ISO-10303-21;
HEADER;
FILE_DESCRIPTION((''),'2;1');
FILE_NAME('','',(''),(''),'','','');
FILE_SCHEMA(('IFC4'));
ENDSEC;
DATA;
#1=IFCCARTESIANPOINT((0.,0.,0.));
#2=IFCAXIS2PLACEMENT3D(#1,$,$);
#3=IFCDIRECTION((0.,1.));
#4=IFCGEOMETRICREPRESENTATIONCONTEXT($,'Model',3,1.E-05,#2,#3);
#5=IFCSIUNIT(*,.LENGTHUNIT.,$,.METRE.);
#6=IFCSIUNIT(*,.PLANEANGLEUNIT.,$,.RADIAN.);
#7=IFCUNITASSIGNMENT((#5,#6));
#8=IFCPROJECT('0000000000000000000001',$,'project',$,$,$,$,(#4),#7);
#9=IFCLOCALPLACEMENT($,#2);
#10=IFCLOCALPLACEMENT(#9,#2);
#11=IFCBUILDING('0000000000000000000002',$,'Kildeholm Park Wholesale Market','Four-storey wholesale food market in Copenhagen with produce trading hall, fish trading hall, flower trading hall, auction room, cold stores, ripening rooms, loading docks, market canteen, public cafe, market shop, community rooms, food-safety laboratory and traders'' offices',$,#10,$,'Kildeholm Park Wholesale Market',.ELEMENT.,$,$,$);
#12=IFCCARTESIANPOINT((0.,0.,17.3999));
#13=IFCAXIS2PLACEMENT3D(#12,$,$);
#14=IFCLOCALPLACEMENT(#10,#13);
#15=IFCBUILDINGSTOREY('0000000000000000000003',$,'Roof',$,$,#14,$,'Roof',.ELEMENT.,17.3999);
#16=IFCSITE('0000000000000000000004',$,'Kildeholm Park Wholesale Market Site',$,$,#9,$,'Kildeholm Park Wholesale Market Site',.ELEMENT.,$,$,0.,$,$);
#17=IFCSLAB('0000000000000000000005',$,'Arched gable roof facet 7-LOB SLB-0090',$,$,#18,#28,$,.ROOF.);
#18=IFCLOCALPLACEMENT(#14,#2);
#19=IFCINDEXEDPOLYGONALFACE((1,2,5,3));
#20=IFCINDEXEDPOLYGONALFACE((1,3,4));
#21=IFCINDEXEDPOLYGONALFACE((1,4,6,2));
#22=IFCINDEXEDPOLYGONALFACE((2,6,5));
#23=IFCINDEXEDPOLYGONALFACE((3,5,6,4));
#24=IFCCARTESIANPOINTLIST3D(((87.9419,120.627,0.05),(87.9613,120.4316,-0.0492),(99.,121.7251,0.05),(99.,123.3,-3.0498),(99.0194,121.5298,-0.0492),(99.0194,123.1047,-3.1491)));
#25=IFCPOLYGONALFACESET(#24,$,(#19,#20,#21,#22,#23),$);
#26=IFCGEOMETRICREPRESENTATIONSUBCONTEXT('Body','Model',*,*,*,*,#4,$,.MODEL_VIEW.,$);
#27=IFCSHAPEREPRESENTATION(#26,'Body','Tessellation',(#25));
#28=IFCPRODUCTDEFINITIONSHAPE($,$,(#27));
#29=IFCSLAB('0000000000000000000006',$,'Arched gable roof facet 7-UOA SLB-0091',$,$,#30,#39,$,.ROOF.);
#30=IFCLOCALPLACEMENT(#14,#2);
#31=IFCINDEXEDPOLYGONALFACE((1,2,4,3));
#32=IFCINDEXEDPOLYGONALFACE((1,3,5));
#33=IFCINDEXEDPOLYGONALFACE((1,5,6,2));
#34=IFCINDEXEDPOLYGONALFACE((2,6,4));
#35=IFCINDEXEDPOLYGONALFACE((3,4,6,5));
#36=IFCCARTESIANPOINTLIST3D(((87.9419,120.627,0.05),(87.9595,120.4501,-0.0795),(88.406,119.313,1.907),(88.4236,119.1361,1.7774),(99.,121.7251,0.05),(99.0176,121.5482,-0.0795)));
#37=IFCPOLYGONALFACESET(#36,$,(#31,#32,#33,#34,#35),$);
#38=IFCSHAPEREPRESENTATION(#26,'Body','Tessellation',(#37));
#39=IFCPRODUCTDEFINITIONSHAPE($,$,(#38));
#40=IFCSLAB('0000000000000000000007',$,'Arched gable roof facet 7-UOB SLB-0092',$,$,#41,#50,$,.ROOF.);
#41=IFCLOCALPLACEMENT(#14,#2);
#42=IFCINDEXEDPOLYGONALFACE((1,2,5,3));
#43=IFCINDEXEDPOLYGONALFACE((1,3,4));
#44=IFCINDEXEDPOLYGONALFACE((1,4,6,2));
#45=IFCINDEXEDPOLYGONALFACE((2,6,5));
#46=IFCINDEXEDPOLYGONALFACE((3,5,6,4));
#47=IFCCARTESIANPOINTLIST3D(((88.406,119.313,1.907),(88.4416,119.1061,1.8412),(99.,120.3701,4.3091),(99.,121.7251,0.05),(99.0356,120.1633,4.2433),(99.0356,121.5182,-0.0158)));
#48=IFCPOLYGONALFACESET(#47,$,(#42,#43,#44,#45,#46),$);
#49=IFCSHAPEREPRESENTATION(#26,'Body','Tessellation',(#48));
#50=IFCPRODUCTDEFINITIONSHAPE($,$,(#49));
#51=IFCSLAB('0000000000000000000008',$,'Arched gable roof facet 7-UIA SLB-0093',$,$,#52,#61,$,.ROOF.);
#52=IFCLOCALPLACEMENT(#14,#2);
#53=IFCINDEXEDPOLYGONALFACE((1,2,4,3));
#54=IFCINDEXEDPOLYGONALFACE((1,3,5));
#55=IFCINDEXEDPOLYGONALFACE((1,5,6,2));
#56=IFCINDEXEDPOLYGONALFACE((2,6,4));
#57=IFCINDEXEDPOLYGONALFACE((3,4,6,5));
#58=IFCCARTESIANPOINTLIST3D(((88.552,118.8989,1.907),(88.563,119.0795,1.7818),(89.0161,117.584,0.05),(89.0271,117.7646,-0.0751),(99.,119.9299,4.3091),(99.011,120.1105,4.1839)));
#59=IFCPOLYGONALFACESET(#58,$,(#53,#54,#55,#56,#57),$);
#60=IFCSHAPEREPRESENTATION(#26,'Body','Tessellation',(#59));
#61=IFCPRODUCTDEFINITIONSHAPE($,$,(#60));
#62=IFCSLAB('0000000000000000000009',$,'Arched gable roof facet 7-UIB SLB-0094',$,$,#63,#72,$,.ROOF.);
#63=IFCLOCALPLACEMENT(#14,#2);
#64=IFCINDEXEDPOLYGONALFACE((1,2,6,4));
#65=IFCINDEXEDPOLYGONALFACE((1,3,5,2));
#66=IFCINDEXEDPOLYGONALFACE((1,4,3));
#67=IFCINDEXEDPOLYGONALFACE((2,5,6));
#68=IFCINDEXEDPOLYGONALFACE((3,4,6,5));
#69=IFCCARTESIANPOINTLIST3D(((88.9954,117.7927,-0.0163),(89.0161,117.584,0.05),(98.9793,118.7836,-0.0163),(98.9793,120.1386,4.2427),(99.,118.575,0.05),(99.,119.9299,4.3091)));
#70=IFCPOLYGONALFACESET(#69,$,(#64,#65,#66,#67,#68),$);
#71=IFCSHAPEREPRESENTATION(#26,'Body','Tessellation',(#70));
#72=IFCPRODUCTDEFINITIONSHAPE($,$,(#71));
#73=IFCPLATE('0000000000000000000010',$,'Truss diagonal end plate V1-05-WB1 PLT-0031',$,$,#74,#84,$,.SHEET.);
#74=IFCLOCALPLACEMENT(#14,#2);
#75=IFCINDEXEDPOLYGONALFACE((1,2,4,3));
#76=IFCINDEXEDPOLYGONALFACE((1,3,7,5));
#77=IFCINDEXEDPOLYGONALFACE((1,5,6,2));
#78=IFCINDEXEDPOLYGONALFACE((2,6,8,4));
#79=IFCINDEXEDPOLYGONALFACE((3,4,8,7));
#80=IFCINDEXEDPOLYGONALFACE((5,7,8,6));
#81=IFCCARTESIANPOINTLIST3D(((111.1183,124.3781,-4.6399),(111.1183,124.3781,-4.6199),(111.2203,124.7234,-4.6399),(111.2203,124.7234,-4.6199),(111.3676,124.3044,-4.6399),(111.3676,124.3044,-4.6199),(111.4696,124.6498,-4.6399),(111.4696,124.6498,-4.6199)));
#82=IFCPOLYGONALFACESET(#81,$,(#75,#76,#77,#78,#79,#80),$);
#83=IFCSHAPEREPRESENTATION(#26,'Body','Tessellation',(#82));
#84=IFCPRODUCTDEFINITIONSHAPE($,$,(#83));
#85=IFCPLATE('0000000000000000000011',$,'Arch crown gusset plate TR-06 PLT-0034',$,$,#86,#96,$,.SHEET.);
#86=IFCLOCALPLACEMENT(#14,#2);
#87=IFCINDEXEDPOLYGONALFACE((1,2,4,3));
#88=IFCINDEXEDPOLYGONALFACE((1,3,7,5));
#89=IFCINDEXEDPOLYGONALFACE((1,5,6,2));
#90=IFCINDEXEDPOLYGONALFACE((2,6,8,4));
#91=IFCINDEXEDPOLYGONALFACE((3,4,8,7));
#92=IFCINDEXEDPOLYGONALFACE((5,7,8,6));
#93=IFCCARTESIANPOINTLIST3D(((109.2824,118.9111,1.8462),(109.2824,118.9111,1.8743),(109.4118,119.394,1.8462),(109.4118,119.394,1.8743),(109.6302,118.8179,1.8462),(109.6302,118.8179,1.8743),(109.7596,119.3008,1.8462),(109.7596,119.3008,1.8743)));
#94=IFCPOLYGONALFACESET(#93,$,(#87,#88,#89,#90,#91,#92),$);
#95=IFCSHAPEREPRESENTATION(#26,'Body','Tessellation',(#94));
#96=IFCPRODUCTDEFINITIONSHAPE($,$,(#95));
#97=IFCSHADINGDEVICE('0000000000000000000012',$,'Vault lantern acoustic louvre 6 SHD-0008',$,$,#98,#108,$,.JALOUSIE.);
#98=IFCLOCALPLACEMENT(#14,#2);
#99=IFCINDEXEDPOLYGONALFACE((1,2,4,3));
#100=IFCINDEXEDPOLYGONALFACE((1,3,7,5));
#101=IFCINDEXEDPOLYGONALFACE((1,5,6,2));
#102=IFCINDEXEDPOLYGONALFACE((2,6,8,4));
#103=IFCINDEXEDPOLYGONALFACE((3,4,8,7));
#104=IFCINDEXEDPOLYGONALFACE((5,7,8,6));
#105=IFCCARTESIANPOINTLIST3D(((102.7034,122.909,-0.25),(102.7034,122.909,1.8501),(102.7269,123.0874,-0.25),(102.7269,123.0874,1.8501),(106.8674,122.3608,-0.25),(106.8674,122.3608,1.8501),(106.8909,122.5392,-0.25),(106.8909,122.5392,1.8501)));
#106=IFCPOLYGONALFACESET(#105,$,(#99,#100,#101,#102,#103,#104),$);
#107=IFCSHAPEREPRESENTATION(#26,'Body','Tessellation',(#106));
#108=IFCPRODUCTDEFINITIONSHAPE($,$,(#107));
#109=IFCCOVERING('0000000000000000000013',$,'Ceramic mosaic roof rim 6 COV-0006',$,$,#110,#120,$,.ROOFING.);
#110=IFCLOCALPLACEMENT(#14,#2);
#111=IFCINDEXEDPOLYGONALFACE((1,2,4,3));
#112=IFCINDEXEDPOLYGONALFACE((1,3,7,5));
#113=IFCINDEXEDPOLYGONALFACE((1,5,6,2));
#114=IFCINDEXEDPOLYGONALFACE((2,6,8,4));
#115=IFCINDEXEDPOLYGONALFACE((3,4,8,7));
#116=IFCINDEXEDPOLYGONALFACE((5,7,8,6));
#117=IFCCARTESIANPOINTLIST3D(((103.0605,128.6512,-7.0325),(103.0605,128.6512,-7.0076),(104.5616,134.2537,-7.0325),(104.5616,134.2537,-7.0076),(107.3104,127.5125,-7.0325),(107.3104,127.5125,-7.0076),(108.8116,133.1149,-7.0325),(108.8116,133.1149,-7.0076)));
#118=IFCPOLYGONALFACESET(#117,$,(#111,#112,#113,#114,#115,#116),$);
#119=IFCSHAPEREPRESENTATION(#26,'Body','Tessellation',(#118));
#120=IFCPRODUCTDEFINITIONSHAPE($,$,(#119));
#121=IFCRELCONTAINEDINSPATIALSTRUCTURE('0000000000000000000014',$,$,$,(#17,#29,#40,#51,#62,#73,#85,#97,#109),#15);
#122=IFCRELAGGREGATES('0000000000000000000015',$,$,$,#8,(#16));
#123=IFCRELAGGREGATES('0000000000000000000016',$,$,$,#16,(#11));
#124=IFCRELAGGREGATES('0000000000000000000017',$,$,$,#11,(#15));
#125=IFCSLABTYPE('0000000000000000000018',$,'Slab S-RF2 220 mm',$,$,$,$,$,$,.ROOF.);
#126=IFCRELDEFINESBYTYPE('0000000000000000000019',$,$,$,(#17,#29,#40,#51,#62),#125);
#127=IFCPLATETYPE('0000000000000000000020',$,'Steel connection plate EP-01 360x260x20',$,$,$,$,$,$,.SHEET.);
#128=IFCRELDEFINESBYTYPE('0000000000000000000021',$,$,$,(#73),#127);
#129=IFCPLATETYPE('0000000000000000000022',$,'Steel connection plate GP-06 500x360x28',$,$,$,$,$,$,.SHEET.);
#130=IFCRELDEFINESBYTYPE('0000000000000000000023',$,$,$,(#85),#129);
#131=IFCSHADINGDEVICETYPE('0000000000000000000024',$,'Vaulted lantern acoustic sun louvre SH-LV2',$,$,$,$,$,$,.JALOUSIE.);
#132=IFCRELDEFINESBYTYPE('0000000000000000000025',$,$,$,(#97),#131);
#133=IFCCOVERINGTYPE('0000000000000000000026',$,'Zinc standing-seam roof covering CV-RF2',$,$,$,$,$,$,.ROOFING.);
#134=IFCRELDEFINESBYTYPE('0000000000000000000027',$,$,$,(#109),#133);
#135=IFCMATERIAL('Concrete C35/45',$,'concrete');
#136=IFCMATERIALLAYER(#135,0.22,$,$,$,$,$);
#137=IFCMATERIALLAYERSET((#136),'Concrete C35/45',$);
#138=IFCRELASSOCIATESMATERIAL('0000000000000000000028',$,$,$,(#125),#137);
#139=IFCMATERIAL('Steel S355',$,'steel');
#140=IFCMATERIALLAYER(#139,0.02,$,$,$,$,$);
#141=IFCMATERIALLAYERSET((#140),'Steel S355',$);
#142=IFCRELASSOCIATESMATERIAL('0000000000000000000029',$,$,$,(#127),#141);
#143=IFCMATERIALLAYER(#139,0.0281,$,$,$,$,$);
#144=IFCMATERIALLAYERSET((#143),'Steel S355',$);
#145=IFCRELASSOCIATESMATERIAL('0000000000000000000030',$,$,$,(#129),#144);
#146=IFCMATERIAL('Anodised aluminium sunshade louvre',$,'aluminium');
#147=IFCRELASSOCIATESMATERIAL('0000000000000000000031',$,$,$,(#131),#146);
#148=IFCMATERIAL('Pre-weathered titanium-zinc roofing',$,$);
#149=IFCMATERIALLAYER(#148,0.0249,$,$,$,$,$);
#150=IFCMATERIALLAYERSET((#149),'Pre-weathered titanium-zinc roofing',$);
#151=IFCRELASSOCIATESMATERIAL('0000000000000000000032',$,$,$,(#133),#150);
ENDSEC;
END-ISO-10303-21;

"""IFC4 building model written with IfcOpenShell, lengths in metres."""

from ifc_helpers import new_model, si_unit, direction, frame, origin, origin_2d, place, context, subcontext, project, spatial, polyline, rectangle, outline, extrude, material, layer, layer_set, type_object, element, save


model = new_model("IFC4")

# Units and contexts
model_context = context("Model", 3, precision=1e-05, world=origin(), true_north=direction((0.0, 1.0)))
body_context = subcontext(model_context, "Body", "Model", "MODEL_VIEW")
ifc_project = project(units=[si_unit("LENGTHUNIT", "METRE"), si_unit("PLANEANGLEUNIT", "RADIAN")], contexts=[model_context])

# Site, building, storey
site_placement = place(None, origin())
site = spatial("IfcSite", under=ifc_project, at=site_placement, Name="Kildeholm Park Wholesale Market Site", LongName="Kildeholm Park Wholesale Market Site", CompositionType="ELEMENT", RefElevation=0.0)
building_placement = place(site_placement, origin())
building = spatial("IfcBuilding", under=site, at=building_placement, Name="Kildeholm Park Wholesale Market", Description="Four-storey wholesale food market in Copenhagen with produce trading hall, fish trading hall, flower trading hall, auction room, cold stores, ripening rooms, loading docks, market canteen, public cafe, market shop, community rooms, food-safety laboratory and traders' offices", LongName="Kildeholm Park Wholesale Market", CompositionType="ELEMENT")
storey_placement = place(building_placement, frame((0.0, 0.0, 17.3999)))
storey = spatial("IfcBuildingStorey", under=building, at=storey_placement, Name="Roof", LongName="Roof", CompositionType="ELEMENT", Elevation=17.3999)

# Shared definitions
ifc_material_1 = material(Name="Steel S355", Category="steel")

# Slabs
ifc_material_2 = material(Name="Concrete C35/45", Category="concrete")
ifc_layer_1 = layer(ifc_material_2, 0.22)
ifc_layer_set_1 = layer_set([ifc_layer_1], Name="Concrete C35/45")
slab_type = type_object("IfcSlabType", Name="Slab S-RF2 220 mm", PredefinedType="ROOF", material=ifc_layer_set_1)
slab_1_placement = place(storey_placement, frame((99.0, 123.3, -3.0498), z_axis=(-0.08819, 0.888056, 0.451197), x_axis=(-0.937814, -0.226699, 0.262892)))
element("IfcSlab", 1, at=slab_1_placement, inside=storey, type_object=slab_type, Name="Arched gable roof facet 7-LOB SLB-0090", PredefinedType="ROOF", context=body_context, shape_type="SweptSolid", body=[
    extrude(outline(polyline([(0.0, 0.0), (11.7914, 0.0), (1.172, 3.2735), (0.0, 0.0)])), origin(), (0.0, 0.0, -1.0), 0.22),
])
slab_2_placement = place(storey_placement, frame((99.0, 121.7251, 0.05), z_axis=(-0.07986, 0.80418, 0.588997), x_axis=(-0.995105, -0.098821, 0.0)))
element("IfcSlab", 2, at=slab_2_placement, inside=storey, type_object=slab_type, Name="Arched gable roof facet 7-UOA SLB-0091", PredefinedType="ROOF", context=body_context, shape_type="SweptSolid", body=[
    extrude(outline(polyline([(0.0, 0.0), (11.1125, 0.0), (10.7805, 2.2978), (0.0, 0.0)])), origin(), (0.0, 0.0, -1.0), 0.22),
])
slab_3_placement = place(storey_placement, frame((99.0, 121.7251, 0.05), z_axis=(-0.161675, 0.9404, 0.299181), x_axis=(-0.96111, -0.218832, 0.168465)))
element("IfcSlab", 3, at=slab_3_placement, inside=storey, type_object=slab_type, Name="Arched gable roof facet 7-UOB SLB-0092", PredefinedType="ROOF", context=body_context, shape_type="SweptSolid", body=[
    extrude(outline(polyline([(0.0, 0.0), (11.0227, 0.0), (1.014, 4.3528), (0.0, 0.0)])), origin(), (0.0, 0.0, -1.0), 0.22),
])
slab_4_placement = place(storey_placement, frame((99.0, 119.9299, 4.3091), z_axis=(-0.049781, -0.820919, 0.568871), x_axis=(-0.970099, -0.095729, -0.223035)))
element("IfcSlab", 4, at=slab_4_placement, inside=storey, type_object=slab_type, Name="Arched gable roof facet 7-UIA SLB-0093", PredefinedType="ROOF", context=body_context, shape_type="SweptSolid", body=[
    extrude(outline(polyline([(0.0, 0.0), (10.77, 0.0), (10.8598, 2.3205), (0.0, 0.0)])), origin(), (0.0, 0.0, -1.0), 0.22),
])
slab_5_placement = place(storey_placement, frame((99.0, 119.9299, 4.3091), z_axis=(0.094165, -0.948702, 0.301823), x_axis=(-0.899045, -0.211252, -0.383524)))
element("IfcSlab", 5, at=slab_5_placement, inside=storey, type_object=slab_type, Name="Arched gable roof facet 7-UIB SLB-0094", PredefinedType="ROOF", context=body_context, shape_type="SweptSolid", body=[
    extrude(outline(polyline([(0.0, 0.0), (11.105, 0.0), (1.9197, 4.0361), (0.0, 0.0)])), origin(), (0.0, 0.0, -1.0), 0.22),
])

# Plates
ifc_layer_2 = layer(ifc_material_1, 0.02)
ifc_layer_set_2 = layer_set([ifc_layer_2], Name="Steel S355")
plate_type_1 = type_object("IfcPlateType", Name="Steel connection plate EP-01 360x260x20", PredefinedType="SHEET", material=ifc_layer_set_2)
plate_1_placement = place(storey_placement, frame((111.2939, 124.5139, -4.6399), z_axis=(0.0, 0.0, 1.0), x_axis=(-0.283346, -0.959018, 0.0)))
element("IfcPlate", 6, at=plate_1_placement, inside=storey, type_object=plate_type_1, Name="Truss diagonal end plate V1-05-WB1 PLT-0031", PredefinedType="SHEET", context=body_context, shape_type="SweptSolid", body=[
    extrude(rectangle(XDim=0.3601, YDim=0.26, at=origin_2d()), origin(), (0.0, 0.0, 1.0), 0.02),
])
ifc_layer_3 = layer(ifc_material_1, 0.0281)
ifc_layer_set_3 = layer_set([ifc_layer_3], Name="Steel S355")
plate_type_2 = type_object("IfcPlateType", Name="Steel connection plate GP-06 500x360x28", PredefinedType="SHEET", material=ifc_layer_set_3)
plate_2_placement = place(storey_placement, frame((109.521, 119.106, 1.8462), z_axis=(0.0, 0.0, 1.0), x_axis=(0.258819, 0.965926, 0.0)))
element("IfcPlate", 7, at=plate_2_placement, inside=storey, type_object=plate_type_2, Name="Arch crown gusset plate TR-06 PLT-0034", PredefinedType="SHEET", context=body_context, shape_type="SweptSolid", body=[
    extrude(rectangle(XDim=0.5, YDim=0.3601, at=origin_2d()), origin(), (0.0, 0.0, 1.0), 0.0281),
])

# Shading device
ifc_material_3 = material(Name="Anodised aluminium sunshade louvre", Category="aluminium")
shading_device_type = type_object("IfcShadingDeviceType", Name="Vaulted lantern acoustic sun louvre SH-LV2", PredefinedType="JALOUSIE", material=ifc_material_3)
shading_device_placement = place(storey_placement, frame((104.7971, 122.7241, -0.25), z_axis=(0.0, 0.0, 1.0), x_axis=(-0.991445, 0.130526, 0.0)))
element("IfcShadingDevice", 8, at=shading_device_placement, inside=storey, type_object=shading_device_type, Name="Vault lantern acoustic louvre 6 SHD-0008", PredefinedType="JALOUSIE", context=body_context, shape_type="SweptSolid", body=[
    extrude(rectangle(XDim=4.2, YDim=0.1799, at=origin_2d()), origin(), (0.0, 0.0, 1.0), 2.1001),
])

# Covering
ifc_material_4 = material(Name="Pre-weathered titanium-zinc roofing")
ifc_layer_4 = layer(ifc_material_4, 0.0249)
ifc_layer_set_4 = layer_set([ifc_layer_4], Name="Pre-weathered titanium-zinc roofing")
covering_type = type_object("IfcCoveringType", Name="Zinc standing-seam roof covering CV-RF2", PredefinedType="ROOFING", material=ifc_layer_set_4)
covering_placement = place(storey_placement, frame((105.936, 130.8831, -7.0325), z_axis=(0.0, 0.0, 1.0), x_axis=(0.258819, 0.965926, 0.0)))
element("IfcCovering", 9, at=covering_placement, inside=storey, type_object=covering_type, Name="Ceramic mosaic roof rim 6 COV-0006", PredefinedType="ROOFING", context=body_context, shape_type="SweptSolid", body=[
    extrude(rectangle(XDim=5.8, YDim=4.3999, at=origin_2d()), origin(), (0.0, 0.0, 1.0), 0.0249),
])

save(model, "model.ifc")
